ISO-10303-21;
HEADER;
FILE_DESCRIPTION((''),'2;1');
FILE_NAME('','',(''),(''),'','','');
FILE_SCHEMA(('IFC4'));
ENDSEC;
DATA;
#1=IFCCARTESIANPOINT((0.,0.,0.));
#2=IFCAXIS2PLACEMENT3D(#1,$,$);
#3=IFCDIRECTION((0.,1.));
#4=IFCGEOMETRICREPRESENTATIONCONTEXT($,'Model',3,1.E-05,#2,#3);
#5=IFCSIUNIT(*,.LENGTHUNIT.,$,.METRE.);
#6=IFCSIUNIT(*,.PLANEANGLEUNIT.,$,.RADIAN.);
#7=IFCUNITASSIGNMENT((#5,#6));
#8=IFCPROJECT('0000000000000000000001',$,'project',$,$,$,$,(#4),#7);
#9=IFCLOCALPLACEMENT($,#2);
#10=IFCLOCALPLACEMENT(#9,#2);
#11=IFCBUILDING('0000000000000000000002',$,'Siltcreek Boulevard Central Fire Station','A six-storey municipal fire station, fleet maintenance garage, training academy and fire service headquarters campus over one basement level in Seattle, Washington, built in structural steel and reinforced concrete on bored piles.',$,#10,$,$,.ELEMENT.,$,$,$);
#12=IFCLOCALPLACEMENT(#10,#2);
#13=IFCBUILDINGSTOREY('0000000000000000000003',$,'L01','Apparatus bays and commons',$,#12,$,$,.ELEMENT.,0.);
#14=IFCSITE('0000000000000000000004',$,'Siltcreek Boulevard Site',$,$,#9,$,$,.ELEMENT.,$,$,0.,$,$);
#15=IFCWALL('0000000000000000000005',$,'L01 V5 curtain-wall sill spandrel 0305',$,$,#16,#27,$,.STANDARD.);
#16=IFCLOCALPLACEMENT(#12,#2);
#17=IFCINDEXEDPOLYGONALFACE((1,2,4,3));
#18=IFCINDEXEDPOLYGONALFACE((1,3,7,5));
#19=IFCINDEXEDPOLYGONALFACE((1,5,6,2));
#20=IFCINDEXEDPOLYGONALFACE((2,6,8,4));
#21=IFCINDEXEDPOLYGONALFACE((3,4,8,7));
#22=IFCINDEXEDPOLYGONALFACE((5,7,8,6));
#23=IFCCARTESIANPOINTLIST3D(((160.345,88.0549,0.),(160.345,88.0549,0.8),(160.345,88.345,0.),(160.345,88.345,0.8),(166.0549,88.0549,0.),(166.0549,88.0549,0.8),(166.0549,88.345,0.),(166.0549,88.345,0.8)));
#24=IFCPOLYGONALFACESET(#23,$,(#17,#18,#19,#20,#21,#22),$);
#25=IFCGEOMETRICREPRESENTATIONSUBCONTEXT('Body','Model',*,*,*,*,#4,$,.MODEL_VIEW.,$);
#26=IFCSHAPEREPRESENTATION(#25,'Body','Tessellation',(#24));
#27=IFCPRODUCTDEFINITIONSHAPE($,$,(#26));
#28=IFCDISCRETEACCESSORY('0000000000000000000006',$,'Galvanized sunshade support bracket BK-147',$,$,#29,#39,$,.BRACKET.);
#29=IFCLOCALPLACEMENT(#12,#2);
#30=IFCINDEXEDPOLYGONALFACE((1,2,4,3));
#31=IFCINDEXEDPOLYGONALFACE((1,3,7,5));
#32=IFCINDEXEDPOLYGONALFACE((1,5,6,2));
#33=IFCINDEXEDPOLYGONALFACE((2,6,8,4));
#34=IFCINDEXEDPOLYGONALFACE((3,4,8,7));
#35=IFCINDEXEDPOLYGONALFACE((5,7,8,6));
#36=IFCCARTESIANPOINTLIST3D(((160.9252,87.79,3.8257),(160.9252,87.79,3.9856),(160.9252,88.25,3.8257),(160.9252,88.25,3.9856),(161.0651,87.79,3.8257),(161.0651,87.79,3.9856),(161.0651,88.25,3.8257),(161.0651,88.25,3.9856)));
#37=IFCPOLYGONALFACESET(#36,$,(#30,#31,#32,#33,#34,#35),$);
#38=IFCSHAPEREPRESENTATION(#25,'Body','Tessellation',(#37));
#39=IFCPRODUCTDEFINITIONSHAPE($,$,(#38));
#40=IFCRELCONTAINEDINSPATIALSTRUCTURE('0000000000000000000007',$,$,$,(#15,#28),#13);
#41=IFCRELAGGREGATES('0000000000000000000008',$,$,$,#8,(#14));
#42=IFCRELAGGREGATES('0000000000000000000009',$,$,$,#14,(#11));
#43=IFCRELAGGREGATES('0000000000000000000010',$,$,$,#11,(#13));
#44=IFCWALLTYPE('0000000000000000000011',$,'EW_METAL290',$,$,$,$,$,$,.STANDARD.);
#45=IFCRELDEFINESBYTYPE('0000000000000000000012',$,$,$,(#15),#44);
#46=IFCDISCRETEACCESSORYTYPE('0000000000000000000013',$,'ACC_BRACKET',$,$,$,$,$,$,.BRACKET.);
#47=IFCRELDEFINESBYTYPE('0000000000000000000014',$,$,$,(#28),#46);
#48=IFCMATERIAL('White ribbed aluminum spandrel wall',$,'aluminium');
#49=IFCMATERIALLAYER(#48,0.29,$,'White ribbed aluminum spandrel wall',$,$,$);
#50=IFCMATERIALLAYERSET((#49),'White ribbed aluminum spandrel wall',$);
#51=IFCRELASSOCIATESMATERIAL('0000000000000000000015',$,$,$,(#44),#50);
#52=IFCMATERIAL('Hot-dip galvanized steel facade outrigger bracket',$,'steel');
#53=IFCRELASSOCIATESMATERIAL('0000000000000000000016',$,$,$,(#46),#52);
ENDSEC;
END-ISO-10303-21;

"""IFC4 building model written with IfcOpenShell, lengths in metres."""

from ifc_helpers import new_model, si_unit, direction, frame, frame_2d, origin, origin_2d, place, context, subcontext, project, spatial, rectangle, extrude, material, layer, layer_set, type_object, element, save


model = new_model("IFC4")

# Units and contexts
model_context = context("Model", 3, precision=1e-05, world=origin(), true_north=direction((0.0, 1.0)))
body_context = subcontext(model_context, "Body", "Model", "MODEL_VIEW")
ifc_project = project(units=[si_unit("LENGTHUNIT", "METRE"), si_unit("PLANEANGLEUNIT", "RADIAN")], contexts=[model_context])

# Site, building, storey
site_placement = place(None, origin())
site = spatial("IfcSite", under=ifc_project, at=site_placement, Name="Siltcreek Boulevard Site", CompositionType="ELEMENT", RefElevation=0.0)
building_placement = place(site_placement, origin())
building = spatial("IfcBuilding", under=site, at=building_placement, Name="Siltcreek Boulevard Central Fire Station", Description="A six-storey municipal fire station, fleet maintenance garage, training academy and fire service headquarters campus over one basement level in Seattle, Washington, built in structural steel and reinforced concrete on bored piles.", CompositionType="ELEMENT")
storey_placement = place(building_placement, origin())
storey = spatial("IfcBuildingStorey", under=building, at=storey_placement, Name="L01", Description="Apparatus bays and commons", CompositionType="ELEMENT", Elevation=0.0)

# Wall
ifc_material_1 = material(Name="White ribbed aluminum spandrel wall", Category="aluminium")
ifc_layer_1 = layer(ifc_material_1, 0.29, Name="White ribbed aluminum spandrel wall")
ifc_layer_set_1 = layer_set([ifc_layer_1], Name="White ribbed aluminum spandrel wall")
wall_type = type_object("IfcWallType", Name="EW_METAL290", PredefinedType="STANDARD", material=ifc_layer_set_1)
wall_placement = place(storey_placement, frame((160.345, 88.2, 0.0), z_axis=(0.0, 0.0, 1.0), x_axis=(1.0, 0.0, 0.0)))
element("IfcWall", 1, at=wall_placement, inside=storey, type_object=wall_type, Name="L01 V5 curtain-wall sill spandrel 0305", PredefinedType="STANDARD", context=body_context, shape_type="SweptSolid", body=[
    extrude(rectangle(XDim=5.71, YDim=0.29, at=frame_2d((2.855, 0.0))), origin(), (0.0, 0.0, 1.0), 0.8),
])

# Discrete accessory
ifc_material_2 = material(Name="Hot-dip galvanized steel facade outrigger bracket", Category="steel")
discrete_accessory_type = type_object("IfcDiscreteAccessoryType", Name="ACC_BRACKET", PredefinedType="BRACKET", material=ifc_material_2)
discrete_accessory_placement = place(storey_placement, frame((160.9951, 88.02, 3.8257), z_axis=(0.0, 0.0, 1.0), x_axis=(1.0, 0.0, 0.0)))
element("IfcDiscreteAccessory", 2, at=discrete_accessory_placement, inside=storey, type_object=discrete_accessory_type, Name="Galvanized sunshade support bracket BK-147", PredefinedType="BRACKET", context=body_context, shape_type="SweptSolid", body=[
    extrude(rectangle(XDim=0.1399, YDim=0.46, at=origin_2d()), origin(), (0.0, 0.0, 1.0), 0.1599),
])

save(model, "model.ifc")
